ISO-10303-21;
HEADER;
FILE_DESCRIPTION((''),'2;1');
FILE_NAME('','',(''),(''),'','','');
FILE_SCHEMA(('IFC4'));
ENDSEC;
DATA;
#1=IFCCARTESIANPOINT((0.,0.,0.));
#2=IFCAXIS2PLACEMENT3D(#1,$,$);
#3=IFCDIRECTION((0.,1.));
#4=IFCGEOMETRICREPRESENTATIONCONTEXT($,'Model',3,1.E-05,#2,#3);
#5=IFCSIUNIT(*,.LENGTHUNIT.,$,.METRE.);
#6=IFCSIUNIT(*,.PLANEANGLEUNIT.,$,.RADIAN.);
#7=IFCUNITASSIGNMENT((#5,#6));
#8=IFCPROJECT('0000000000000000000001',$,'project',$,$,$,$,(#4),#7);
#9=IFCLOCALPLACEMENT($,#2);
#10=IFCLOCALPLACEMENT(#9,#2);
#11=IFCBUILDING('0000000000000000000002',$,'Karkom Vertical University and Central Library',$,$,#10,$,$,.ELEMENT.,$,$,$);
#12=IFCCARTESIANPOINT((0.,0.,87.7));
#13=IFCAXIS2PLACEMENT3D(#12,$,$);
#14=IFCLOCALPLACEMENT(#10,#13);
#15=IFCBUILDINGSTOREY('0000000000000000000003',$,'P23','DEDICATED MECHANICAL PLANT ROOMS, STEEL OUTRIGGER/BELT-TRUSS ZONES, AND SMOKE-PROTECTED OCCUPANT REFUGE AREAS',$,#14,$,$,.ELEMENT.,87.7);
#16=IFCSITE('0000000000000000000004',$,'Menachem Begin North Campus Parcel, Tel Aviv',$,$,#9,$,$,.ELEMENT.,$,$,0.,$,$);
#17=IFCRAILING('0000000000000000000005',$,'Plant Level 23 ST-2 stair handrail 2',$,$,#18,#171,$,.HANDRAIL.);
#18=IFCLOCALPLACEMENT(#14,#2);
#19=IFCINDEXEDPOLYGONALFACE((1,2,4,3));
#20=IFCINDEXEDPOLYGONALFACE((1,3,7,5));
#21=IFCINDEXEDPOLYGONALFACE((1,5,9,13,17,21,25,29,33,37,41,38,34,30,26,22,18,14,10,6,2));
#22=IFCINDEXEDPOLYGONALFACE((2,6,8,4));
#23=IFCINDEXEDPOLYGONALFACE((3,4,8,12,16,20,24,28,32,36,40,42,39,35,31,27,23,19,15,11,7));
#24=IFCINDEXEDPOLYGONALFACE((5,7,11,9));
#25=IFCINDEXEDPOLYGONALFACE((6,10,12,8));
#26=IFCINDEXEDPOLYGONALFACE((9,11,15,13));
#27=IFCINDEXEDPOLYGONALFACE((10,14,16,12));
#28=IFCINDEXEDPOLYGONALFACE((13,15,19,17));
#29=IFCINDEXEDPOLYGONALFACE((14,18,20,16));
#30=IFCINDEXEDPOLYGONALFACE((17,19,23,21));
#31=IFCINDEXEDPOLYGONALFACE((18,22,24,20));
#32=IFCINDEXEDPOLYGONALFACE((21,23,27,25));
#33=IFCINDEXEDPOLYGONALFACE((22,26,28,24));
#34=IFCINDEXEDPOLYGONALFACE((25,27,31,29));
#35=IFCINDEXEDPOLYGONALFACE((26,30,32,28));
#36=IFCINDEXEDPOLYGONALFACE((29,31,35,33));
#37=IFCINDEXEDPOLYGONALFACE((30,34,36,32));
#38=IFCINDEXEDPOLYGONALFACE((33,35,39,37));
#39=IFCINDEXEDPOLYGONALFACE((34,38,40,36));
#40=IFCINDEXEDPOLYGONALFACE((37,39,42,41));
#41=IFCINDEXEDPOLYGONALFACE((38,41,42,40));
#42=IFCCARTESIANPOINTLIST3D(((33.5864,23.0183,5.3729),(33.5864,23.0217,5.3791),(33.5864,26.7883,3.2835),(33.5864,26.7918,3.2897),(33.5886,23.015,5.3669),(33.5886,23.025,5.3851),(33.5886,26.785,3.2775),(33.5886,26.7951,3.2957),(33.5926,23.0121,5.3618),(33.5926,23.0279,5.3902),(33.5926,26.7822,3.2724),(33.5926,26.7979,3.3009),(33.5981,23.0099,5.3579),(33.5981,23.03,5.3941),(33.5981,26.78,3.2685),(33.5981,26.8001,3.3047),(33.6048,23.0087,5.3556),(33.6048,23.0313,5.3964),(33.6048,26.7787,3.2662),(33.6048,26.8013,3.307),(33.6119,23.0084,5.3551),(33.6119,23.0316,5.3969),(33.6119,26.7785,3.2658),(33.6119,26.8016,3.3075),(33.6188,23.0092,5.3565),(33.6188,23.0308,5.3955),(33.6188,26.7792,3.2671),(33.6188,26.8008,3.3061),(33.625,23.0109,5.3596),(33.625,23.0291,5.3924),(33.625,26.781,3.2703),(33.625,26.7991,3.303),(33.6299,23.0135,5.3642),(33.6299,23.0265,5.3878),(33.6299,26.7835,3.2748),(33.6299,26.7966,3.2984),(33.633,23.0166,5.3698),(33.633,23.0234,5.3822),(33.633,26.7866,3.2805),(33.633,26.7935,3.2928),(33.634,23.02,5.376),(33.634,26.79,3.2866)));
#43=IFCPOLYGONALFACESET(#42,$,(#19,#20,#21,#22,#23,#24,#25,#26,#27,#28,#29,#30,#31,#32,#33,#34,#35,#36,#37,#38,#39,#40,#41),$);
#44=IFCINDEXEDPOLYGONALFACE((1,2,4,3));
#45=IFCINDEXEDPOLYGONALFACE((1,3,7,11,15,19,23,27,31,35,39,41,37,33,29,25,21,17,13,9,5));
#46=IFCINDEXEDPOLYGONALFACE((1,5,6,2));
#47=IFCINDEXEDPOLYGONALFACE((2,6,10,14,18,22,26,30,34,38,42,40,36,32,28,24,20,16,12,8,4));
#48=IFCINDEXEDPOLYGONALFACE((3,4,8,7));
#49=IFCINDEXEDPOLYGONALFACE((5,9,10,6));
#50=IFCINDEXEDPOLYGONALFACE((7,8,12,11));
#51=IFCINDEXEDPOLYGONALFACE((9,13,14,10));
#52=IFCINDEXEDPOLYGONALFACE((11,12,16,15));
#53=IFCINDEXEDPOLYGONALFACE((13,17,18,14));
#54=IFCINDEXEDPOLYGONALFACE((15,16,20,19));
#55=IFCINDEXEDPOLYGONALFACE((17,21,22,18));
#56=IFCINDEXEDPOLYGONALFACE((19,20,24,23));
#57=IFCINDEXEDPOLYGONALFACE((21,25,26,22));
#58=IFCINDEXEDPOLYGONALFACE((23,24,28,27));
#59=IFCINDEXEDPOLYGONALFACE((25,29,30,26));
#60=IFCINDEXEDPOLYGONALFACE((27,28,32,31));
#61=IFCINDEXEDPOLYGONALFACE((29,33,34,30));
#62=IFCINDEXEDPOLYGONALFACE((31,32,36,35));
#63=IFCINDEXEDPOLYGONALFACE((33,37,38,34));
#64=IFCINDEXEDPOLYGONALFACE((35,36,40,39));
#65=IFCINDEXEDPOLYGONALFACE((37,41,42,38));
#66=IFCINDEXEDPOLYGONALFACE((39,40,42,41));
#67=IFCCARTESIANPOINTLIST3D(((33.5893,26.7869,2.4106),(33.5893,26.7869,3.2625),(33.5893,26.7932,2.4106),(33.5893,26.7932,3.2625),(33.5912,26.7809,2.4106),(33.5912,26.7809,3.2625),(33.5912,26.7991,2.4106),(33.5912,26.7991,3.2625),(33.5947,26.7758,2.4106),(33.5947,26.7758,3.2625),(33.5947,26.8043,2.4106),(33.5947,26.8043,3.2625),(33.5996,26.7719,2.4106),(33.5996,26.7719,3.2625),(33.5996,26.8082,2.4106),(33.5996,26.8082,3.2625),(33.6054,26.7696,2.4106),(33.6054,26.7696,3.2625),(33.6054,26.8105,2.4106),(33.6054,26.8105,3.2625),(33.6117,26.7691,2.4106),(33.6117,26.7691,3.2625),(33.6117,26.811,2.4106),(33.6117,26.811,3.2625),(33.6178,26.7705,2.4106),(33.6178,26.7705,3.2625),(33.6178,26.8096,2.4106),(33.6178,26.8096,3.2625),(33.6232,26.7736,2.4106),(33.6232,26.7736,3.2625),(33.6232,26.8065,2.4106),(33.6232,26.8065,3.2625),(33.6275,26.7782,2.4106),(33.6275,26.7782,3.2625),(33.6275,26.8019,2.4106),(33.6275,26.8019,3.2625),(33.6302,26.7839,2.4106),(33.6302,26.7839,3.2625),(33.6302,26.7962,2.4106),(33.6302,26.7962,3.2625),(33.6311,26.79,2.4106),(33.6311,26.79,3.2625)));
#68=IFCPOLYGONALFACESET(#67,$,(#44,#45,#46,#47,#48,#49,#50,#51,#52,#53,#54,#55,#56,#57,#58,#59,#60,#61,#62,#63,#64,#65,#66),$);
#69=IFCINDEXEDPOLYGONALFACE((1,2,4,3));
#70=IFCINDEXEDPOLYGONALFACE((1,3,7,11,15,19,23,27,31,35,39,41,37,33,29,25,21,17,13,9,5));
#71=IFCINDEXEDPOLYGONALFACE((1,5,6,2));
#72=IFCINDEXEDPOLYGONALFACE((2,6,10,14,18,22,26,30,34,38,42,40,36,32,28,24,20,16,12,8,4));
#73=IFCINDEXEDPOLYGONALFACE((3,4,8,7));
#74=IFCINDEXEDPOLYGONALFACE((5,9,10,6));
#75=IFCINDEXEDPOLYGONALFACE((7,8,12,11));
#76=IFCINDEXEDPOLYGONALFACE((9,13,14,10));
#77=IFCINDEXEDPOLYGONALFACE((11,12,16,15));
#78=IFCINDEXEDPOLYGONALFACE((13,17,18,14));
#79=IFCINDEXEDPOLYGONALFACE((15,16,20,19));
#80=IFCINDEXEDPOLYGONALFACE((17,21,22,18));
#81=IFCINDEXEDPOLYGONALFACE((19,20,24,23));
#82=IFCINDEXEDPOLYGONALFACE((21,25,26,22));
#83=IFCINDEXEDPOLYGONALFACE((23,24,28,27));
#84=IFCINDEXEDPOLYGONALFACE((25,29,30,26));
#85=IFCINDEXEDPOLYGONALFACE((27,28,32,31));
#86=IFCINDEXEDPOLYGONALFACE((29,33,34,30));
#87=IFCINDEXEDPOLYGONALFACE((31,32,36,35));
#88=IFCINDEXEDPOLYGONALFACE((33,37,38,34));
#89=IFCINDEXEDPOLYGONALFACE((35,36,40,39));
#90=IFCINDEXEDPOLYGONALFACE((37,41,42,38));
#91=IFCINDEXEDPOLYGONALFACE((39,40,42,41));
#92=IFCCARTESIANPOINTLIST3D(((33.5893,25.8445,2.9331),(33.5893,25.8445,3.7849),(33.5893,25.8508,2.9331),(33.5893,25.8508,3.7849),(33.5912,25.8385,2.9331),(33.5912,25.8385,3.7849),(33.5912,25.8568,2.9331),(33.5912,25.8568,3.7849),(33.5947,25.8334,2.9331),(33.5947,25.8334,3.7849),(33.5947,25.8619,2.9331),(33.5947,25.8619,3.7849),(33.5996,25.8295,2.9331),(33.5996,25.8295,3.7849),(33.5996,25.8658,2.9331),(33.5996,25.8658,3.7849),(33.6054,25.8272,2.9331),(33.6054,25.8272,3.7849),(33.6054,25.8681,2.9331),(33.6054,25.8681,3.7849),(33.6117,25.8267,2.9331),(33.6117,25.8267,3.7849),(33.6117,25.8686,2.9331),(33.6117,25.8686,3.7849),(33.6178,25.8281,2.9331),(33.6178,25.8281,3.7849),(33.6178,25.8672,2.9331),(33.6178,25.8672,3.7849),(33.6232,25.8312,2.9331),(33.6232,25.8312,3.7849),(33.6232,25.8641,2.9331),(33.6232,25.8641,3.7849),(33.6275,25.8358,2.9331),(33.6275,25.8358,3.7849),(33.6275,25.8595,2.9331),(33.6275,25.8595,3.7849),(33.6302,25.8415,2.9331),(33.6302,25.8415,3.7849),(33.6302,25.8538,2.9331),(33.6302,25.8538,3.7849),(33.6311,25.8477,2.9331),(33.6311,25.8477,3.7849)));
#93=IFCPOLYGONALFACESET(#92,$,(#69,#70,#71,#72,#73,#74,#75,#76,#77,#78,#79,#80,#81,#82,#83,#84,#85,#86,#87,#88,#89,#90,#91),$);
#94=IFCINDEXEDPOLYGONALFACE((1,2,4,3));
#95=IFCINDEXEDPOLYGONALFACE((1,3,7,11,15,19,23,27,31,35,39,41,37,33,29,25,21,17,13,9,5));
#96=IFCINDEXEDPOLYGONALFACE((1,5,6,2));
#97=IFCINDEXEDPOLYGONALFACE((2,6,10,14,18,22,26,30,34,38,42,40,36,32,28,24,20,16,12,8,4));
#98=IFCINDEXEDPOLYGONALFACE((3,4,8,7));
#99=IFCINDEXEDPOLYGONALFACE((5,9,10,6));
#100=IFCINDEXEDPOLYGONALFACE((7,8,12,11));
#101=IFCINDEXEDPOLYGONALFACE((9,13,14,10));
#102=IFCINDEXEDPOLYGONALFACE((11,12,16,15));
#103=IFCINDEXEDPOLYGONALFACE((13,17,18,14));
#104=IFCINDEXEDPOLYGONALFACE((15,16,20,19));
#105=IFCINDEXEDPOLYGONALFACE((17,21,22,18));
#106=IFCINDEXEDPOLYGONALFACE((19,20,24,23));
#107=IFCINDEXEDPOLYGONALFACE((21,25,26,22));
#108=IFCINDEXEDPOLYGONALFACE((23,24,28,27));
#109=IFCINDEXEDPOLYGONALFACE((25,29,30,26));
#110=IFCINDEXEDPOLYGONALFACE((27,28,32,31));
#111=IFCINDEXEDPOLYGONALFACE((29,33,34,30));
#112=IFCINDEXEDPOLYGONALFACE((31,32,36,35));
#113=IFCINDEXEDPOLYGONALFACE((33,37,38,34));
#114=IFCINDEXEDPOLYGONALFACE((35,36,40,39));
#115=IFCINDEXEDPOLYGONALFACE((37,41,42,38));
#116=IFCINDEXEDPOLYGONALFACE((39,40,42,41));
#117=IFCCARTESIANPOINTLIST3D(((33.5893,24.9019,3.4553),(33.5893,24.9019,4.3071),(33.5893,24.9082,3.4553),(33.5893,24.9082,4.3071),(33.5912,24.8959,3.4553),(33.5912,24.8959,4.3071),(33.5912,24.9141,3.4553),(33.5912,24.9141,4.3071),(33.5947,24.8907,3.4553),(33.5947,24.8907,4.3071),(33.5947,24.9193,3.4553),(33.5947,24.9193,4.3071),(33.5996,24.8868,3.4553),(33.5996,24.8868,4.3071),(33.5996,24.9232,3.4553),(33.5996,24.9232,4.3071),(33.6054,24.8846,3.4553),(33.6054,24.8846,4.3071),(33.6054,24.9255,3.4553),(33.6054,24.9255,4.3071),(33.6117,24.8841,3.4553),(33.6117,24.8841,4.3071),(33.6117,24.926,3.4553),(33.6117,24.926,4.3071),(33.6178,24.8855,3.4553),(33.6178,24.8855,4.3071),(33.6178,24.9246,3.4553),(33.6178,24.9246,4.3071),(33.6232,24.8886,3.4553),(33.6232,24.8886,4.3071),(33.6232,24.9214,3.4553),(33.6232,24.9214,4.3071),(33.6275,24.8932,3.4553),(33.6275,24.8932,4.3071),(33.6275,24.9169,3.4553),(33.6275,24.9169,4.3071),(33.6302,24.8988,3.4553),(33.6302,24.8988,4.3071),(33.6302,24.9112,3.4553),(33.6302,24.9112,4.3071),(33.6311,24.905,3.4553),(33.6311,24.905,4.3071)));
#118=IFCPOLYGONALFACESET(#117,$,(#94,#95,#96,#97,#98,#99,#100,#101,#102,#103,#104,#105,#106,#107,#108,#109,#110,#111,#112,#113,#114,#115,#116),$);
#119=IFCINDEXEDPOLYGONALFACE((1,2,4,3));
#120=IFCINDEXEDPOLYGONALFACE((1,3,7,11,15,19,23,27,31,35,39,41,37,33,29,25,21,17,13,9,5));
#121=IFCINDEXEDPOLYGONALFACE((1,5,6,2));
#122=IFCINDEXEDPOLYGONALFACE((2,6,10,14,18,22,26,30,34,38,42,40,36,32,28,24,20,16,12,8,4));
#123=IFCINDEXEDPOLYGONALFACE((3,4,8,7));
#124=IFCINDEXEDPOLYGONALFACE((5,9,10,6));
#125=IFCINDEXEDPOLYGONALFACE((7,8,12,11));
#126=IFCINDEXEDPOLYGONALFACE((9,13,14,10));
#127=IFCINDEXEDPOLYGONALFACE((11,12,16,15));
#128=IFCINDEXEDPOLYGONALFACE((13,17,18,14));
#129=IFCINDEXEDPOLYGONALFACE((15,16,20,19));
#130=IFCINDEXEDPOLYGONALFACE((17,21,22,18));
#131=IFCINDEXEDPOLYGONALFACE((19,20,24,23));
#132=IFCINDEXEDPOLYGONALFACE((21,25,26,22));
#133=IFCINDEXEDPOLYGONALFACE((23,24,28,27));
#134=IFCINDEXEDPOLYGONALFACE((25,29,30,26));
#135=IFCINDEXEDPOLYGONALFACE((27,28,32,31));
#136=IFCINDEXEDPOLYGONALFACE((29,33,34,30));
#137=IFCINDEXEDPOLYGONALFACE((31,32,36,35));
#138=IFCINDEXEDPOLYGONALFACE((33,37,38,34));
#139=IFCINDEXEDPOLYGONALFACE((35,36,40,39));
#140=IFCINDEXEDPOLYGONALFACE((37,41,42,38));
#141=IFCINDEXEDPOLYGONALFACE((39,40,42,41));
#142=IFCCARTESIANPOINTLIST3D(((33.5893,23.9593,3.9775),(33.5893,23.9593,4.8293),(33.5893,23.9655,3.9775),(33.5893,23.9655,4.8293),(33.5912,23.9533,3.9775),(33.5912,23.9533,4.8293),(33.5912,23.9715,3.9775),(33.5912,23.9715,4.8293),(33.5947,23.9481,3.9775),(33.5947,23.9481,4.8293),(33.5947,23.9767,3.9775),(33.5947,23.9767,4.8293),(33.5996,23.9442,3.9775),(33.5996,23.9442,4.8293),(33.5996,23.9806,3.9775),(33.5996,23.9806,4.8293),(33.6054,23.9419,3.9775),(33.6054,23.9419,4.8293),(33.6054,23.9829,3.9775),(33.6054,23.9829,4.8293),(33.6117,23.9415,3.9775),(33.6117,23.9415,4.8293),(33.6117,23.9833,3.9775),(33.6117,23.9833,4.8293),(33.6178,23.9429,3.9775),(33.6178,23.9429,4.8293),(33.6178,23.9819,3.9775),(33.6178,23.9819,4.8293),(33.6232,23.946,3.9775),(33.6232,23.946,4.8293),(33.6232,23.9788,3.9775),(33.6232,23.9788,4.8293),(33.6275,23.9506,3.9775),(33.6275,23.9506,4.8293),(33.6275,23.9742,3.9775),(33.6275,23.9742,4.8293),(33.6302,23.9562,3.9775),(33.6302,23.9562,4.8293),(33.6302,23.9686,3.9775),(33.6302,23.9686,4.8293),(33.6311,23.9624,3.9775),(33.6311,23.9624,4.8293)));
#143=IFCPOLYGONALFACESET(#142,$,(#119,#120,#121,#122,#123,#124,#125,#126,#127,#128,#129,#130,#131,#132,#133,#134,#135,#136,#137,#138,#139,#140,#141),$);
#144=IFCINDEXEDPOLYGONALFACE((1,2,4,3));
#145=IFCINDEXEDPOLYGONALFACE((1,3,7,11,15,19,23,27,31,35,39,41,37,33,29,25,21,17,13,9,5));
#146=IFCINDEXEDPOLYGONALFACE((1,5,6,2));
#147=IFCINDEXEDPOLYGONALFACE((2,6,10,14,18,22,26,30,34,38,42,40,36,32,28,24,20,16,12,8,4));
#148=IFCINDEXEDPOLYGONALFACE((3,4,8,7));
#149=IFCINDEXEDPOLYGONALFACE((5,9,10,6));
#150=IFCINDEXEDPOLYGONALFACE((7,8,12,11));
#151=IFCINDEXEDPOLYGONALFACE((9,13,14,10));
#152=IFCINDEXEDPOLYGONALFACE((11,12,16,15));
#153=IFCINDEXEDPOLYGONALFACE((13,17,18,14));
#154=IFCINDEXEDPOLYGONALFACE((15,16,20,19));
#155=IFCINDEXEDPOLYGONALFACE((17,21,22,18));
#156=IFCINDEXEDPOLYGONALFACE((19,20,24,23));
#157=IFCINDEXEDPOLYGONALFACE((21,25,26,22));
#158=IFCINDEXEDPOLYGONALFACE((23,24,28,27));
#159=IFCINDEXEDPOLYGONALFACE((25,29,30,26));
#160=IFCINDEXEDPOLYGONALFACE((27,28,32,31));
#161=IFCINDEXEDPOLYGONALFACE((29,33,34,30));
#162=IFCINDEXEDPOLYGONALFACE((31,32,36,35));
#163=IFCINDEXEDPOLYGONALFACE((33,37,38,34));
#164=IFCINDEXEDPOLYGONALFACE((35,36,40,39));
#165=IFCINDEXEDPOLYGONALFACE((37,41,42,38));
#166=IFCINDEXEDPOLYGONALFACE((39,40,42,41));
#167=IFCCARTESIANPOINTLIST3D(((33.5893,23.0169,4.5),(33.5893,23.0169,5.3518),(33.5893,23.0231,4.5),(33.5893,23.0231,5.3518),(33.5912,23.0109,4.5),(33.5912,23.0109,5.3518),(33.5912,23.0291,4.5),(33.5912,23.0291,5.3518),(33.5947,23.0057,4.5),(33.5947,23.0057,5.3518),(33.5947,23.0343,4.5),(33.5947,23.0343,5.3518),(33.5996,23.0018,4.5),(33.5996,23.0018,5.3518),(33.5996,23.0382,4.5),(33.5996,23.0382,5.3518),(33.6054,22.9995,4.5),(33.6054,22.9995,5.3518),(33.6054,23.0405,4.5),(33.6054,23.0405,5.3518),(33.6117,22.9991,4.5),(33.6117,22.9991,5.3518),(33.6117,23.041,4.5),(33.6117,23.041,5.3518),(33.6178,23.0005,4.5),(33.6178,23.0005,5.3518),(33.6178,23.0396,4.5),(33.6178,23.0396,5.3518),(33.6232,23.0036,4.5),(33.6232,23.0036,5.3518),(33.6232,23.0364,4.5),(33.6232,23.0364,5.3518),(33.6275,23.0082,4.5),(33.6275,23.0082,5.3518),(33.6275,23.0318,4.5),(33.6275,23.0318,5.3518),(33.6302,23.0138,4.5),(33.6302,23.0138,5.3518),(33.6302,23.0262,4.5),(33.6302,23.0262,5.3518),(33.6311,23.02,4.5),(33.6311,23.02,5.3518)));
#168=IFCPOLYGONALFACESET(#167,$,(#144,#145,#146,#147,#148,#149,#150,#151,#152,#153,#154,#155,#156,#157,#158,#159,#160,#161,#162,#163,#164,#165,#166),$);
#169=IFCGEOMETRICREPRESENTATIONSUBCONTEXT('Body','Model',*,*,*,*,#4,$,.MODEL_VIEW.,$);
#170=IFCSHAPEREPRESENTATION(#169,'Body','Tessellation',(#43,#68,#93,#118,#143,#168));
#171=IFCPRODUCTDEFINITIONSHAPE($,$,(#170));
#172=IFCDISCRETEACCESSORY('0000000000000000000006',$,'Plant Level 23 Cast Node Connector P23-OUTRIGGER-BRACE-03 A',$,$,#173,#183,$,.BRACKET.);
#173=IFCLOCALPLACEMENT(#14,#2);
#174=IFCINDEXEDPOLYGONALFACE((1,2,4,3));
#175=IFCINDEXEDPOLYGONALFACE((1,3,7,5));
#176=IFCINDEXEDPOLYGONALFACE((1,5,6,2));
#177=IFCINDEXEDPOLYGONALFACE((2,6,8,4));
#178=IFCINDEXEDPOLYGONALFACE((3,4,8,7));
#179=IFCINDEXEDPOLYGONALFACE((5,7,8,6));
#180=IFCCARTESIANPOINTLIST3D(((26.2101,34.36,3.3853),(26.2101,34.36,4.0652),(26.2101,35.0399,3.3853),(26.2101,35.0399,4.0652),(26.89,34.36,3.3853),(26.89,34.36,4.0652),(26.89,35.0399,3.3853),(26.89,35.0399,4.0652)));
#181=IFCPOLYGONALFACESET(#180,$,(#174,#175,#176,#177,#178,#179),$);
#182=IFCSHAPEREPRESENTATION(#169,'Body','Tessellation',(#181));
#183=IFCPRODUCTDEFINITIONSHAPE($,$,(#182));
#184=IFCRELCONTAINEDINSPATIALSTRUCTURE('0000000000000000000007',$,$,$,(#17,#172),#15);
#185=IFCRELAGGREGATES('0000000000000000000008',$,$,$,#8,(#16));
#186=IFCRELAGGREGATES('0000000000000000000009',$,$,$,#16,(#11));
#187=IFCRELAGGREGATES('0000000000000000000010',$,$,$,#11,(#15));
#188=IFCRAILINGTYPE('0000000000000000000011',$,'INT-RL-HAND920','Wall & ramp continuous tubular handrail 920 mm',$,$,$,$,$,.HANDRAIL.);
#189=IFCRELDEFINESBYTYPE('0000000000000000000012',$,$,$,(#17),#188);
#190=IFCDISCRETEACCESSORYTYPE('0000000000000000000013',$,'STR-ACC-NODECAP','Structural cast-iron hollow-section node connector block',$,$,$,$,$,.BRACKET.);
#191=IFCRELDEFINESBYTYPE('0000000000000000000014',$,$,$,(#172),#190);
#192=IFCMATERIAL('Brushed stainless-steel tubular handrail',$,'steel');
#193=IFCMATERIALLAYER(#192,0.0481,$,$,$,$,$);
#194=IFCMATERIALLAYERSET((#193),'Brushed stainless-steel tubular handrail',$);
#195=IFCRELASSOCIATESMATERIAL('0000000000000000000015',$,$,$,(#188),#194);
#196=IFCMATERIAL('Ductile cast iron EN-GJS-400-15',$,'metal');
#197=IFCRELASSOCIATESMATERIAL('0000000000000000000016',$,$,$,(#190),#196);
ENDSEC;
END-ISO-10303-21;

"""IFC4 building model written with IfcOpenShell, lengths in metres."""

from ifc_helpers import new_model, si_unit, direction, frame, origin, origin_with_axes, origin_2d, place, context, subcontext, project, spatial, rectangle, circle, extrude, source, transform, mapped, material, layer, layer_set, type_object, element, save


model = new_model("IFC4")

# Units and contexts
model_context = context("Model", 3, precision=1e-05, world=origin(), true_north=direction((0.0, 1.0)))
body_context = subcontext(model_context, "Body", "Model", "MODEL_VIEW")
ifc_project = project(units=[si_unit("LENGTHUNIT", "METRE"), si_unit("PLANEANGLEUNIT", "RADIAN")], contexts=[model_context])

# Site, building, storey
site_placement = place(None, origin())
site = spatial("IfcSite", under=ifc_project, at=site_placement, Name="Menachem Begin North Campus Parcel, Tel Aviv", CompositionType="ELEMENT", RefElevation=0.0)
building_placement = place(site_placement, origin())
building = spatial("IfcBuilding", under=site, at=building_placement, Name="Karkom Vertical University and Central Library", CompositionType="ELEMENT")
storey_placement = place(building_placement, frame((0.0, 0.0, 87.7)))
storey = spatial("IfcBuildingStorey", under=building, at=storey_placement, Name="P23", Description="DEDICATED MECHANICAL PLANT ROOMS, STEEL OUTRIGGER/BELT-TRUSS ZONES, AND SMOKE-PROTECTED OCCUPANT REFUGE AREAS", CompositionType="ELEMENT", Elevation=87.7)

# Railing
ifc_material_1 = material(Name="Brushed stainless-steel tubular handrail", Category="steel")
ifc_layer_1 = layer(ifc_material_1, 0.0481)
ifc_layer_set_1 = layer_set([ifc_layer_1], Name="Brushed stainless-steel tubular handrail")
railing_type_1 = type_object("IfcRailingType", Name="INT-RL-HAND920", Description="Wall & ramp continuous tubular handrail 920 mm", PredefinedType="HANDRAIL", material=ifc_layer_set_1)
railing_1_placement = place(storey_placement, frame((33.6101, 26.79, 2.4106)))
element("IfcRailing", 1, at=railing_1_placement, inside=storey, type_object=railing_type_1, Name="Plant Level 23 ST-2 stair handrail 2", PredefinedType="HANDRAIL", context=body_context, shape_type="SweptSolid", body=[
    extrude(circle(Radius=0.0239, at=origin_2d()), frame((0.0, 0.0, 0.876), z_axis=(0.0, -0.874659, 0.484739), x_axis=(1.0, 0.0, 0.0)), (0.0, 0.0, 1.0), 4.3103),
    extrude(circle(Radius=0.021, at=origin_2d()), origin(), (0.0, 0.0, 1.0), 0.8518),
    extrude(circle(Radius=0.021, at=origin_2d()), frame((0.0, -0.9424, 0.5225)), (0.0, 0.0, 1.0), 0.8518),
    extrude(circle(Radius=0.021, at=origin_2d()), frame((0.0, -1.885, 1.0447)), (0.0, 0.0, 1.0), 0.8518),
    extrude(circle(Radius=0.021, at=origin_2d()), frame((0.0, -2.8276, 1.5669)), (0.0, 0.0, 1.0), 0.8518),
    extrude(circle(Radius=0.021, at=origin_2d()), frame((0.0, -3.77, 2.0894)), (0.0, 0.0, 1.0), 0.8518),
])

# Discrete accessory
ifc_material_2 = material(Name="Ductile cast iron EN-GJS-400-15", Category="metal")
discrete_accessory_type = type_object("IfcDiscreteAccessoryType", Name="STR-ACC-NODECAP", Description="Structural cast-iron hollow-section node connector block", PredefinedType="BRACKET", material=ifc_material_2)
shared_shape_1 = source(origin_with_axes(), body_context, "Body", "SweptSolid", [
    extrude(rectangle(XDim=0.6799, YDim=0.6799, at=origin_2d()), origin(), (0.0, 0.0, 1.0), 0.6799),
])
discrete_accessory_placement = place(storey_placement, frame((26.55, 34.7, 3.3853), z_axis=(0.0, 0.0, 1.0), x_axis=(1.0, 0.0, 0.0)))
element("IfcDiscreteAccessory", 2, at=discrete_accessory_placement, inside=storey, type_object=discrete_accessory_type, Name="Plant Level 23 Cast Node Connector P23-OUTRIGGER-BRACE-03 A", PredefinedType="BRACKET", context=body_context, shape_type="MappedRepresentation", body=[
    mapped(shared_shape_1, transform((0.0, 0.0, 0.0), scale=1.0)),
])

save(model, "model.ifc")
